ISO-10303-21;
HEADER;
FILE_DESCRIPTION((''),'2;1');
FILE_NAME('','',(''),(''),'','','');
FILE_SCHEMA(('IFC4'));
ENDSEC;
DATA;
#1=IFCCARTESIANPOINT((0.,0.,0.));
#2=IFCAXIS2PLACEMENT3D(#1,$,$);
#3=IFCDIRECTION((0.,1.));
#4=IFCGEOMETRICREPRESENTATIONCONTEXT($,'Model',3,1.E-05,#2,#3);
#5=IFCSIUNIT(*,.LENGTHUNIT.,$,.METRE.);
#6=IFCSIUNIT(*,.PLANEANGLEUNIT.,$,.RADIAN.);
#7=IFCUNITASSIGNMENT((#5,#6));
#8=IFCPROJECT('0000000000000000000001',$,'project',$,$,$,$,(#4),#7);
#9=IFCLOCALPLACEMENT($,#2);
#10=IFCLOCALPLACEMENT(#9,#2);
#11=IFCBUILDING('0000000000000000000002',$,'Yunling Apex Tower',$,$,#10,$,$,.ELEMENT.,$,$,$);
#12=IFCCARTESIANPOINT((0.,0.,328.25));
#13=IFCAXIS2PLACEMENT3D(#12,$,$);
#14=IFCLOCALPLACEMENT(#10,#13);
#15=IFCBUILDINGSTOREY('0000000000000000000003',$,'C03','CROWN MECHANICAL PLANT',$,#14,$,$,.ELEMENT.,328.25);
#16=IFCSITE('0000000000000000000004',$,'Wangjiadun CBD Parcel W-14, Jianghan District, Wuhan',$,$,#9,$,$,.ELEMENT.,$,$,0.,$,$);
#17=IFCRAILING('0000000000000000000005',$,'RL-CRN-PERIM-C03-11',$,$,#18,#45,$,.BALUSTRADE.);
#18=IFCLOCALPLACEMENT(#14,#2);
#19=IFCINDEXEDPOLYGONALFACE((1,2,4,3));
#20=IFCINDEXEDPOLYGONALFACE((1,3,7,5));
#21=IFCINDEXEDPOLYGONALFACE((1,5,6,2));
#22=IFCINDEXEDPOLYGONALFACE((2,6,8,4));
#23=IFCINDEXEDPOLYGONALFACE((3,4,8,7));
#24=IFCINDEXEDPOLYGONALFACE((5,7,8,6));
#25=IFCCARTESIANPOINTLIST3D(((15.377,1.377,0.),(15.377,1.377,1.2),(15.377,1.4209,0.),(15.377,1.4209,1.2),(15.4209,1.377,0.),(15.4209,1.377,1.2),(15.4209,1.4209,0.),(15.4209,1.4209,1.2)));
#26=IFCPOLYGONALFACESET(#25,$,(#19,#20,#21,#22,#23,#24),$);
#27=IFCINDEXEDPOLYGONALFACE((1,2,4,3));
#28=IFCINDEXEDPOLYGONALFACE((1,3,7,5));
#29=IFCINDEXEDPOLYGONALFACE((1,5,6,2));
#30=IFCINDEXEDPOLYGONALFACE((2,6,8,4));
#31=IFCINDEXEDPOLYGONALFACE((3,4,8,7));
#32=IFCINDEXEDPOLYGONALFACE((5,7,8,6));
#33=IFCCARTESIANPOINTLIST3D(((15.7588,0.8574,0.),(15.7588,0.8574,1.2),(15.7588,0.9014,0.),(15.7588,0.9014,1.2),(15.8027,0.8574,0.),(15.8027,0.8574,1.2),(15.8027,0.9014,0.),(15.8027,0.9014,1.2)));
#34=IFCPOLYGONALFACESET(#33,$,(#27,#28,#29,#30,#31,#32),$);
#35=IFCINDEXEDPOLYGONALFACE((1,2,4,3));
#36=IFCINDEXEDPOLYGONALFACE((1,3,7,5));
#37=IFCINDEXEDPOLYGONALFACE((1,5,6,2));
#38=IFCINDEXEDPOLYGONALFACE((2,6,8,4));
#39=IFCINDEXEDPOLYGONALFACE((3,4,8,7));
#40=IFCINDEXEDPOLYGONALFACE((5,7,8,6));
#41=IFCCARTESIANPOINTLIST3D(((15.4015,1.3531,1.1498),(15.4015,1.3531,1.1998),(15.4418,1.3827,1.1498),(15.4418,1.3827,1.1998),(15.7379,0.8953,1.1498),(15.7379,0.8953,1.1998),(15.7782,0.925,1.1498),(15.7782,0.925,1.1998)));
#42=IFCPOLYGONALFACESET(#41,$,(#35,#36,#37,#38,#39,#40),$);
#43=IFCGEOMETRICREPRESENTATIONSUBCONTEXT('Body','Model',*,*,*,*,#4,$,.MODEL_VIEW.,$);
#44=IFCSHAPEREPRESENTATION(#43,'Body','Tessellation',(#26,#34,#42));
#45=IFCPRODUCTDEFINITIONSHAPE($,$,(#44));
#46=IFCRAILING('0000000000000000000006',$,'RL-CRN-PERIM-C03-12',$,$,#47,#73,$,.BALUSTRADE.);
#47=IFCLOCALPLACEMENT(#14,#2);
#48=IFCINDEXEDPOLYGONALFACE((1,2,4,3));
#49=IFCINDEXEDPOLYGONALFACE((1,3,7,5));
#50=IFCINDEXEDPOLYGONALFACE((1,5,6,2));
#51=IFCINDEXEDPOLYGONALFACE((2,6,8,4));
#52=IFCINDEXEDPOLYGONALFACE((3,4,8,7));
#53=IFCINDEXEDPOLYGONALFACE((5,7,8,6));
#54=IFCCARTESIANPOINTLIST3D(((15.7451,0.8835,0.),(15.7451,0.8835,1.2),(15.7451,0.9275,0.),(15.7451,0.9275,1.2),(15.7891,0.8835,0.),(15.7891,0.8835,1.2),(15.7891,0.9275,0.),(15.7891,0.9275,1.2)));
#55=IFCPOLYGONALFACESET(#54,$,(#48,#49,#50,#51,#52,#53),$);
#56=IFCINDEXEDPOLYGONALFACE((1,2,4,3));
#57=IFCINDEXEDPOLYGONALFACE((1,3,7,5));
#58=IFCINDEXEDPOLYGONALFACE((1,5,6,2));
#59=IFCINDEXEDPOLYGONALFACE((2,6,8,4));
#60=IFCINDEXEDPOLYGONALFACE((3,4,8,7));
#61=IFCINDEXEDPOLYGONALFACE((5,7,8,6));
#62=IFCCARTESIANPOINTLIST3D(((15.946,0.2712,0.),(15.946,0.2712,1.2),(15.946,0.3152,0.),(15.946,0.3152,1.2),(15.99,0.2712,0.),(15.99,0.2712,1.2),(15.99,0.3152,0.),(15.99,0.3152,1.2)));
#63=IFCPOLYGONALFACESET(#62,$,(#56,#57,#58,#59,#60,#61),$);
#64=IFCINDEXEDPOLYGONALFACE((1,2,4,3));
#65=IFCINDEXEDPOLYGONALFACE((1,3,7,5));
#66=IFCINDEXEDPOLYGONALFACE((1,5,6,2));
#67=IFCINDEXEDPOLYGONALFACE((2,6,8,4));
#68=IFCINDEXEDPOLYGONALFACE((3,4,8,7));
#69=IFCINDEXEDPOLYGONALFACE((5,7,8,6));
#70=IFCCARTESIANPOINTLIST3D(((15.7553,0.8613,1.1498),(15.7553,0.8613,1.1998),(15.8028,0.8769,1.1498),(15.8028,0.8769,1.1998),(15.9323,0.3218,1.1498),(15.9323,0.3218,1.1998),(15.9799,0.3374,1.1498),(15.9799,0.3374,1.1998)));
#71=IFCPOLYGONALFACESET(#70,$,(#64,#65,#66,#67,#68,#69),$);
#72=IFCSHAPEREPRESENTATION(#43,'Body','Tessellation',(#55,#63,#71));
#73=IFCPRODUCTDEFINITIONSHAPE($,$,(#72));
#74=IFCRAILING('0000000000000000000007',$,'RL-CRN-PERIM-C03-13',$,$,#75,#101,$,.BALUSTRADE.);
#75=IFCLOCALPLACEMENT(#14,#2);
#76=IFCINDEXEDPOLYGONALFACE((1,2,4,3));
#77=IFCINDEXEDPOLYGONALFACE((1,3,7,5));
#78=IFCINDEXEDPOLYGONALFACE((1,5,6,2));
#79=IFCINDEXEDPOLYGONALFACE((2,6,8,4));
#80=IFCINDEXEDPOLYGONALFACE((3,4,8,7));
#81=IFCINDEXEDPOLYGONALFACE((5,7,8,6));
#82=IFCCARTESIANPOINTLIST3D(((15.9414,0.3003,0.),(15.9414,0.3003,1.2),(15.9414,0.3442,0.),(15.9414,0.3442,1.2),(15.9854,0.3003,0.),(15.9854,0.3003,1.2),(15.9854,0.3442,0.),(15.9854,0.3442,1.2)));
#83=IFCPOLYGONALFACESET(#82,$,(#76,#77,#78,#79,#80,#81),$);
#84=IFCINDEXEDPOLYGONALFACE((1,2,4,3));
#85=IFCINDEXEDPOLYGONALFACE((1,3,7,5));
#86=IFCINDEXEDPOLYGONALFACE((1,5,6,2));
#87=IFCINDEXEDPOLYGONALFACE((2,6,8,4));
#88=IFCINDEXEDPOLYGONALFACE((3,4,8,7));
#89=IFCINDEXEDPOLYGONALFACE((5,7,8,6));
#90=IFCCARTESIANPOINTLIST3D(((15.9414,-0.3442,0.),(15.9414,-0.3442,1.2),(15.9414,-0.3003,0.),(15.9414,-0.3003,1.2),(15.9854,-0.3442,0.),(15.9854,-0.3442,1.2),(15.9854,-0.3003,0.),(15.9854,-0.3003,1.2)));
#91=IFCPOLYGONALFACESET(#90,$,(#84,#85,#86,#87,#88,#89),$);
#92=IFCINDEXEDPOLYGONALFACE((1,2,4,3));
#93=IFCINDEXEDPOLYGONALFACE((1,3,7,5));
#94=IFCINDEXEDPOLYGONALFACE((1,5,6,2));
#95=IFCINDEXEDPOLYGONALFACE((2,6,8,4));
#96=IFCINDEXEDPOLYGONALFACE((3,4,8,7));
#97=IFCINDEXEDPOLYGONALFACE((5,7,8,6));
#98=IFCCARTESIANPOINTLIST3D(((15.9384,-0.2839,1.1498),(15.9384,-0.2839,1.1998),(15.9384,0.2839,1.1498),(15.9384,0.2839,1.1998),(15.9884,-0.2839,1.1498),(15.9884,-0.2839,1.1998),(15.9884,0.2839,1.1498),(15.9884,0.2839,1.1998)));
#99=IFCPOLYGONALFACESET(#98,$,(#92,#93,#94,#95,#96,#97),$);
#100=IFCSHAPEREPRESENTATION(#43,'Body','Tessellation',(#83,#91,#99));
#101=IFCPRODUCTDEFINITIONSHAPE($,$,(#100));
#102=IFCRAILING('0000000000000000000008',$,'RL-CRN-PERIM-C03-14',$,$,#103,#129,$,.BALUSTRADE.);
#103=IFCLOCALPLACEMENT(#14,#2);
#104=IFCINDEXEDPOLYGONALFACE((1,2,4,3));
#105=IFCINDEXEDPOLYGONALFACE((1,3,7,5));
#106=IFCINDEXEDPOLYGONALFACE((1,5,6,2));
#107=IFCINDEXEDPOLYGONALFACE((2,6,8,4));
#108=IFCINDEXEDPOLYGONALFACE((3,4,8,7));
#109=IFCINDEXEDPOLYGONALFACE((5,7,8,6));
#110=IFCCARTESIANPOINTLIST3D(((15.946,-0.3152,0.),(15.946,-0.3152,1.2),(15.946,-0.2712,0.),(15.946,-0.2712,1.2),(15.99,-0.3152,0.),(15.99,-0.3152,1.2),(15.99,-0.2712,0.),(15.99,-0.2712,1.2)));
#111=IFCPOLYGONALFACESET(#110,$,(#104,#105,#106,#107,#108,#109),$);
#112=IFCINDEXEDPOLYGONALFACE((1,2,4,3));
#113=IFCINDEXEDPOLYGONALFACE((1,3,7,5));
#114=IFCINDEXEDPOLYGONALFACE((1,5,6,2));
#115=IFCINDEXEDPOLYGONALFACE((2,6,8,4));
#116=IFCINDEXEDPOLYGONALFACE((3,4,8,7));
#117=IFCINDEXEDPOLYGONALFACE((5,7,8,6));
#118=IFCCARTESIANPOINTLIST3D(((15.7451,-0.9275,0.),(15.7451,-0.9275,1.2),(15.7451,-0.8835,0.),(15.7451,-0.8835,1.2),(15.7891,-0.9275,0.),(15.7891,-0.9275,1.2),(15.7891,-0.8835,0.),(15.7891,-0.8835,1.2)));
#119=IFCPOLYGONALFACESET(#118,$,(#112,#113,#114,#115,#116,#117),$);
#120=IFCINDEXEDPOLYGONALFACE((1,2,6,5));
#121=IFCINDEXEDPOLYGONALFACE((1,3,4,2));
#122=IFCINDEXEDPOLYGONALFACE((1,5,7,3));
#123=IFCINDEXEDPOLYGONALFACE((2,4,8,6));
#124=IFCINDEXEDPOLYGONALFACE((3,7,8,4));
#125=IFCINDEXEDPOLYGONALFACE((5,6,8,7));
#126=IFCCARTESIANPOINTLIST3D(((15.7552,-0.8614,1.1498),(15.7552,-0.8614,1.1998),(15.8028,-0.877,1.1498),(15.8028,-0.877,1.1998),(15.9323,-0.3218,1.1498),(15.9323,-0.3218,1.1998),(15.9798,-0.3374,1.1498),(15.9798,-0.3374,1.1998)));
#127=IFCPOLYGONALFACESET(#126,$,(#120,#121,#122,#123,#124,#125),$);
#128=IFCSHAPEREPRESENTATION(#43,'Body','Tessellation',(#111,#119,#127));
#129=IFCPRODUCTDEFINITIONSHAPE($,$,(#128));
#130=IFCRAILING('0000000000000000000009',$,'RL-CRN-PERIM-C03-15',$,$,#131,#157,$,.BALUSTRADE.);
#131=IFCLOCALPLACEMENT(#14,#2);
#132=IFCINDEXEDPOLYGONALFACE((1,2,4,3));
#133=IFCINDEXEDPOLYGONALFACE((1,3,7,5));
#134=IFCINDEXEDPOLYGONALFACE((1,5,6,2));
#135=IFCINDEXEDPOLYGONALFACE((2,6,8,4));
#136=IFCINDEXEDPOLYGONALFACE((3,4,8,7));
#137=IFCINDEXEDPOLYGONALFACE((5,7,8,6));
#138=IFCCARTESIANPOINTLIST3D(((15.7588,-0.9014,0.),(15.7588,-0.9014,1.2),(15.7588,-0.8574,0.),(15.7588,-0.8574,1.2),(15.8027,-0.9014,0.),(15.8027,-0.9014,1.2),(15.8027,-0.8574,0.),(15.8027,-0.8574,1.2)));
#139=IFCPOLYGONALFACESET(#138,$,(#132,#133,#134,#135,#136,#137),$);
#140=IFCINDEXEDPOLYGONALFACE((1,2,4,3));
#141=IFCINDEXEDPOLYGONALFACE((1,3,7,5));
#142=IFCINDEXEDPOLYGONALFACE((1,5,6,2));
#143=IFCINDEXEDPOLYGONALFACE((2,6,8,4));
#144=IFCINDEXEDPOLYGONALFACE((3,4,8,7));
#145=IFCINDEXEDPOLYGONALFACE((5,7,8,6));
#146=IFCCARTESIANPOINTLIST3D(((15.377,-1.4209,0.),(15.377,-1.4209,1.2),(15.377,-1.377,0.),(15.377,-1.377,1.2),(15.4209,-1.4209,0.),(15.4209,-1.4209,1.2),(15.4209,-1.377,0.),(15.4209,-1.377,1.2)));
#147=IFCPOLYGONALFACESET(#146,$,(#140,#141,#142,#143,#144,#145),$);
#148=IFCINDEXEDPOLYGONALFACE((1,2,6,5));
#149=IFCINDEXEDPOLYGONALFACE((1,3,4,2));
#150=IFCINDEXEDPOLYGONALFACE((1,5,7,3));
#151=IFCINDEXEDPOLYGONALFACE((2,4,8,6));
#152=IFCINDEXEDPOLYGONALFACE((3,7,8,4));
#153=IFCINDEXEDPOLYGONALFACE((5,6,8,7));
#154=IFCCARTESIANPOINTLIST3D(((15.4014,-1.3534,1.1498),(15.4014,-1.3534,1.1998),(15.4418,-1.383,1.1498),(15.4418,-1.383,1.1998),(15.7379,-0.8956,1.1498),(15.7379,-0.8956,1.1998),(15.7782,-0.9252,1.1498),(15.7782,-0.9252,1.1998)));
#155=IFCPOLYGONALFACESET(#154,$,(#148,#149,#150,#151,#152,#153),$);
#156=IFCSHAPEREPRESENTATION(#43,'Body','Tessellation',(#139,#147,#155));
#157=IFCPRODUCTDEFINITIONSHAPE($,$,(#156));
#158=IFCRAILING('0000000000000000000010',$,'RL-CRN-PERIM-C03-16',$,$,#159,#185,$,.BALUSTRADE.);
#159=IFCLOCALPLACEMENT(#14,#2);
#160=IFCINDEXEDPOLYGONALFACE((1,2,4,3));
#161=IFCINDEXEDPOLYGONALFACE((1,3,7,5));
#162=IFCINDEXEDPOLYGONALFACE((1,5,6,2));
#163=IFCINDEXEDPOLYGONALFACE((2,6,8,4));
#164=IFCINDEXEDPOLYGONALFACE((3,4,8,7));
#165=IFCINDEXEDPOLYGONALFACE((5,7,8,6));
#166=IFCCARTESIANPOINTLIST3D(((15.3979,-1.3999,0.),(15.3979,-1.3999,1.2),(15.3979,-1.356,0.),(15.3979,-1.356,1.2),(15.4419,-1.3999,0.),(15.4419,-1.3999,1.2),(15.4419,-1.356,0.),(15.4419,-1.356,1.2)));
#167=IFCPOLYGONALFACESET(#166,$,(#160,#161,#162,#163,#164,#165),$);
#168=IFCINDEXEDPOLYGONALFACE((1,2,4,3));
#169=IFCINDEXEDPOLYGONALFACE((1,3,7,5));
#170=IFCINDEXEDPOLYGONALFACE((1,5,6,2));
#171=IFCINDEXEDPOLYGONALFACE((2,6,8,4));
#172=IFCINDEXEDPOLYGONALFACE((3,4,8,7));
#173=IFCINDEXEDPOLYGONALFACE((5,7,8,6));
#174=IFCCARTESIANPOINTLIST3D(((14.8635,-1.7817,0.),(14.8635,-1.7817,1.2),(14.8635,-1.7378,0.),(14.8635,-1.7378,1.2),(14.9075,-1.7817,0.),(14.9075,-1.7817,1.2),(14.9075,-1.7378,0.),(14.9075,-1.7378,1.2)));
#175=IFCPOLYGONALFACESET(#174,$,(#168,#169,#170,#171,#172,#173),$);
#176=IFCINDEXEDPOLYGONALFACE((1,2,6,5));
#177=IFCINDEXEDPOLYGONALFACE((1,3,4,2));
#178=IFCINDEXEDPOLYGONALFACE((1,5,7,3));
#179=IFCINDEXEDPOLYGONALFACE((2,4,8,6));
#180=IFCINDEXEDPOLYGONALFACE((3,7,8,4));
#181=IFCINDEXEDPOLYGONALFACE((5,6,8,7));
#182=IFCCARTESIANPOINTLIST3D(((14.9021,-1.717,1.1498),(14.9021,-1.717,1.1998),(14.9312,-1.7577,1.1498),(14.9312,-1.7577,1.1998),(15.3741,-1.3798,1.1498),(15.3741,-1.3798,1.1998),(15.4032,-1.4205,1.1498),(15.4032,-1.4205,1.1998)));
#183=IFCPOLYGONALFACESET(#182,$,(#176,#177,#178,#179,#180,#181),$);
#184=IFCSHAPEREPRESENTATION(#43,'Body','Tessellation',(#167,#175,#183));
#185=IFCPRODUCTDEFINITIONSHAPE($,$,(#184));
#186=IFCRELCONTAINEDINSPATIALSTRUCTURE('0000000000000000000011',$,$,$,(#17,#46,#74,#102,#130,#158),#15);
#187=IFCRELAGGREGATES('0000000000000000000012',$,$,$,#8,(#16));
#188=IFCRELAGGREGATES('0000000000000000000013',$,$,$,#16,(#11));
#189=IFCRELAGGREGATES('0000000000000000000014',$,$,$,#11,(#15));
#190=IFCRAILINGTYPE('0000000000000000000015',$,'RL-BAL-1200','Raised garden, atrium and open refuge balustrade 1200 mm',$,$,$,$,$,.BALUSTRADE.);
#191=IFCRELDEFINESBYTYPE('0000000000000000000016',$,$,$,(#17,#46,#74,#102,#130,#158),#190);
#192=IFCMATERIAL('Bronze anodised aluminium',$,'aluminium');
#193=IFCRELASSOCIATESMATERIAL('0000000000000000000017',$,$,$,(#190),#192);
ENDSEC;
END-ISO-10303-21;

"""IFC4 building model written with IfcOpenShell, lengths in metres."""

from ifc_helpers import new_model, si_unit, direction, frame, origin, origin_2d, place, context, subcontext, project, spatial, rectangle, extrude, material, type_object, element, save


model = new_model("IFC4")

# Units and contexts
model_context = context("Model", 3, precision=1e-05, world=origin(), true_north=direction((0.0, 1.0)))
body_context = subcontext(model_context, "Body", "Model", "MODEL_VIEW")
ifc_project = project(units=[si_unit("LENGTHUNIT", "METRE"), si_unit("PLANEANGLEUNIT", "RADIAN")], contexts=[model_context])

# Site, building, storey
site_placement = place(None, origin())
site = spatial("IfcSite", under=ifc_project, at=site_placement, Name="Wangjiadun CBD Parcel W-14, Jianghan District, Wuhan", CompositionType="ELEMENT", RefElevation=0.0)
building_placement = place(site_placement, origin())
building = spatial("IfcBuilding", under=site, at=building_placement, Name="Yunling Apex Tower", CompositionType="ELEMENT")
storey_placement = place(building_placement, frame((0.0, 0.0, 328.25)))
storey = spatial("IfcBuildingStorey", under=building, at=storey_placement, Name="C03", Description="CROWN MECHANICAL PLANT", CompositionType="ELEMENT", Elevation=328.25)

# Shared definitions
ifc_material_1 = material(Name="Bronze anodised aluminium", Category="aluminium")

# Railings
railing_type_1 = type_object("IfcRailingType", Name="RL-BAL-1200", Description="Raised garden, atrium and open refuge balustrade 1200 mm", PredefinedType="BALUSTRADE", material=ifc_material_1)
railing_1_placement = place(storey_placement, frame((15.3989, 1.3989, 0.0)))
element("IfcRailing", 1, at=railing_1_placement, inside=storey, type_object=railing_type_1, Name="RL-CRN-PERIM-C03-11", PredefinedType="BALUSTRADE", context=body_context, shape_type="SweptSolid", body=[
    extrude(rectangle(XDim=0.0439, YDim=0.0439, at=origin_2d()), origin(), (0.0, 0.0, 1.0), 1.2),
    extrude(rectangle(XDim=0.0439, YDim=0.0439, at=origin_2d()), frame((0.3818, -0.5195, 0.0)), (0.0, 0.0, 1.0), 1.2),
    extrude(rectangle(XDim=0.05, YDim=0.05, at=origin_2d()), frame((0.0227, -0.031, 1.1748), z_axis=(0.592217, -0.805779, 0.0), x_axis=(0.805779, 0.592217, 0.0)), (0.0, 0.0, 1.0), 0.5681),
])
railing_2_placement = place(storey_placement, frame((15.7671, 0.9055, 0.0)))
element("IfcRailing", 2, at=railing_2_placement, inside=storey, type_object=railing_type_1, Name="RL-CRN-PERIM-C03-12", PredefinedType="BALUSTRADE", context=body_context, shape_type="SweptSolid", body=[
    extrude(rectangle(XDim=0.0439, YDim=0.0439, at=origin_2d()), origin(), (0.0, 0.0, 1.0), 1.2),
    extrude(rectangle(XDim=0.0439, YDim=0.0439, at=origin_2d()), frame((0.2009, -0.6123, 0.0)), (0.0, 0.0, 1.0), 1.2),
    extrude(rectangle(XDim=0.05, YDim=0.05, at=origin_2d()), frame((0.012, -0.0364, 1.1748), z_axis=(0.311792, -0.95015, 0.0), x_axis=(0.95015, 0.311792, 0.0)), (0.0, 0.0, 1.0), 0.5679),
])
railing_3_placement = place(storey_placement, frame((15.9634, 0.3223, 0.0)))
element("IfcRailing", 3, at=railing_3_placement, inside=storey, type_object=railing_type_1, Name="RL-CRN-PERIM-C03-13", PredefinedType="BALUSTRADE", context=body_context, shape_type="SweptSolid", body=[
    extrude(rectangle(XDim=0.0439, YDim=0.0439, at=origin_2d()), origin(), (0.0, 0.0, 1.0), 1.2),
    extrude(rectangle(XDim=0.0439, YDim=0.0439, at=origin_2d()), frame((0.0, -0.6445, 0.0)), (0.0, 0.0, 1.0), 1.2),
    extrude(rectangle(XDim=0.05, YDim=0.05, at=origin_2d()), frame((0.0, -0.0383, 1.1748), z_axis=(0.0, -1.0, 0.0), x_axis=(1.0, 0.0, 0.0)), (0.0, 0.0, 1.0), 0.5679),
])
railing_4_placement = place(storey_placement, frame((15.968, -0.2932, 0.0)))
element("IfcRailing", 4, at=railing_4_placement, inside=storey, type_object=railing_type_1, Name="RL-CRN-PERIM-C03-14", PredefinedType="BALUSTRADE", context=body_context, shape_type="SweptSolid", body=[
    extrude(rectangle(XDim=0.0439, YDim=0.0439, at=origin_2d()), origin(), (0.0, 0.0, 1.0), 1.2),
    extrude(rectangle(XDim=0.0439, YDim=0.0439, at=origin_2d()), frame((-0.2009, -0.6123, 0.0)), (0.0, 0.0, 1.0), 1.2),
    extrude(rectangle(XDim=0.05, YDim=0.05, at=origin_2d()), frame((-0.012, -0.0364, 1.1748), z_axis=(-0.311792, -0.95015, 0.0), x_axis=(0.95015, -0.311792, 0.0)), (0.0, 0.0, 1.0), 0.5679),
])
railing_5_placement = place(storey_placement, frame((15.7808, -0.8794, 0.0)))
element("IfcRailing", 5, at=railing_5_placement, inside=storey, type_object=railing_type_1, Name="RL-CRN-PERIM-C03-15", PredefinedType="BALUSTRADE", context=body_context, shape_type="SweptSolid", body=[
    extrude(rectangle(XDim=0.0439, YDim=0.0439, at=origin_2d()), origin(), (0.0, 0.0, 1.0), 1.2),
    extrude(rectangle(XDim=0.0439, YDim=0.0439, at=origin_2d()), frame((-0.3818, -0.5195, 0.0)), (0.0, 0.0, 1.0), 1.2),
    extrude(rectangle(XDim=0.05, YDim=0.05, at=origin_2d()), frame((-0.0227, -0.031, 1.1748), z_axis=(-0.592217, -0.805779, 0.0), x_axis=(0.805779, -0.592217, 0.0)), (0.0, 0.0, 1.0), 0.5681),
])
railing_6_placement = place(storey_placement, frame((15.4199, -1.3779, 0.0)))
element("IfcRailing", 6, at=railing_6_placement, inside=storey, type_object=railing_type_1, Name="RL-CRN-PERIM-C03-16", PredefinedType="BALUSTRADE", context=body_context, shape_type="SweptSolid", body=[
    extrude(rectangle(XDim=0.0439, YDim=0.0439, at=origin_2d()), origin(), (0.0, 0.0, 1.0), 1.2),
    extrude(rectangle(XDim=0.0439, YDim=0.0439, at=origin_2d()), frame((-0.5344, -0.3818, 0.0)), (0.0, 0.0, 1.0), 1.2),
    extrude(rectangle(XDim=0.05, YDim=0.05, at=origin_2d()), frame((-0.0312, -0.0222, 1.1748), z_axis=(-0.813658, -0.581344, 0.0), x_axis=(0.581344, -0.813658, 0.0)), (0.0, 0.0, 1.0), 0.5801),
])

save(model, "model.ifc")
